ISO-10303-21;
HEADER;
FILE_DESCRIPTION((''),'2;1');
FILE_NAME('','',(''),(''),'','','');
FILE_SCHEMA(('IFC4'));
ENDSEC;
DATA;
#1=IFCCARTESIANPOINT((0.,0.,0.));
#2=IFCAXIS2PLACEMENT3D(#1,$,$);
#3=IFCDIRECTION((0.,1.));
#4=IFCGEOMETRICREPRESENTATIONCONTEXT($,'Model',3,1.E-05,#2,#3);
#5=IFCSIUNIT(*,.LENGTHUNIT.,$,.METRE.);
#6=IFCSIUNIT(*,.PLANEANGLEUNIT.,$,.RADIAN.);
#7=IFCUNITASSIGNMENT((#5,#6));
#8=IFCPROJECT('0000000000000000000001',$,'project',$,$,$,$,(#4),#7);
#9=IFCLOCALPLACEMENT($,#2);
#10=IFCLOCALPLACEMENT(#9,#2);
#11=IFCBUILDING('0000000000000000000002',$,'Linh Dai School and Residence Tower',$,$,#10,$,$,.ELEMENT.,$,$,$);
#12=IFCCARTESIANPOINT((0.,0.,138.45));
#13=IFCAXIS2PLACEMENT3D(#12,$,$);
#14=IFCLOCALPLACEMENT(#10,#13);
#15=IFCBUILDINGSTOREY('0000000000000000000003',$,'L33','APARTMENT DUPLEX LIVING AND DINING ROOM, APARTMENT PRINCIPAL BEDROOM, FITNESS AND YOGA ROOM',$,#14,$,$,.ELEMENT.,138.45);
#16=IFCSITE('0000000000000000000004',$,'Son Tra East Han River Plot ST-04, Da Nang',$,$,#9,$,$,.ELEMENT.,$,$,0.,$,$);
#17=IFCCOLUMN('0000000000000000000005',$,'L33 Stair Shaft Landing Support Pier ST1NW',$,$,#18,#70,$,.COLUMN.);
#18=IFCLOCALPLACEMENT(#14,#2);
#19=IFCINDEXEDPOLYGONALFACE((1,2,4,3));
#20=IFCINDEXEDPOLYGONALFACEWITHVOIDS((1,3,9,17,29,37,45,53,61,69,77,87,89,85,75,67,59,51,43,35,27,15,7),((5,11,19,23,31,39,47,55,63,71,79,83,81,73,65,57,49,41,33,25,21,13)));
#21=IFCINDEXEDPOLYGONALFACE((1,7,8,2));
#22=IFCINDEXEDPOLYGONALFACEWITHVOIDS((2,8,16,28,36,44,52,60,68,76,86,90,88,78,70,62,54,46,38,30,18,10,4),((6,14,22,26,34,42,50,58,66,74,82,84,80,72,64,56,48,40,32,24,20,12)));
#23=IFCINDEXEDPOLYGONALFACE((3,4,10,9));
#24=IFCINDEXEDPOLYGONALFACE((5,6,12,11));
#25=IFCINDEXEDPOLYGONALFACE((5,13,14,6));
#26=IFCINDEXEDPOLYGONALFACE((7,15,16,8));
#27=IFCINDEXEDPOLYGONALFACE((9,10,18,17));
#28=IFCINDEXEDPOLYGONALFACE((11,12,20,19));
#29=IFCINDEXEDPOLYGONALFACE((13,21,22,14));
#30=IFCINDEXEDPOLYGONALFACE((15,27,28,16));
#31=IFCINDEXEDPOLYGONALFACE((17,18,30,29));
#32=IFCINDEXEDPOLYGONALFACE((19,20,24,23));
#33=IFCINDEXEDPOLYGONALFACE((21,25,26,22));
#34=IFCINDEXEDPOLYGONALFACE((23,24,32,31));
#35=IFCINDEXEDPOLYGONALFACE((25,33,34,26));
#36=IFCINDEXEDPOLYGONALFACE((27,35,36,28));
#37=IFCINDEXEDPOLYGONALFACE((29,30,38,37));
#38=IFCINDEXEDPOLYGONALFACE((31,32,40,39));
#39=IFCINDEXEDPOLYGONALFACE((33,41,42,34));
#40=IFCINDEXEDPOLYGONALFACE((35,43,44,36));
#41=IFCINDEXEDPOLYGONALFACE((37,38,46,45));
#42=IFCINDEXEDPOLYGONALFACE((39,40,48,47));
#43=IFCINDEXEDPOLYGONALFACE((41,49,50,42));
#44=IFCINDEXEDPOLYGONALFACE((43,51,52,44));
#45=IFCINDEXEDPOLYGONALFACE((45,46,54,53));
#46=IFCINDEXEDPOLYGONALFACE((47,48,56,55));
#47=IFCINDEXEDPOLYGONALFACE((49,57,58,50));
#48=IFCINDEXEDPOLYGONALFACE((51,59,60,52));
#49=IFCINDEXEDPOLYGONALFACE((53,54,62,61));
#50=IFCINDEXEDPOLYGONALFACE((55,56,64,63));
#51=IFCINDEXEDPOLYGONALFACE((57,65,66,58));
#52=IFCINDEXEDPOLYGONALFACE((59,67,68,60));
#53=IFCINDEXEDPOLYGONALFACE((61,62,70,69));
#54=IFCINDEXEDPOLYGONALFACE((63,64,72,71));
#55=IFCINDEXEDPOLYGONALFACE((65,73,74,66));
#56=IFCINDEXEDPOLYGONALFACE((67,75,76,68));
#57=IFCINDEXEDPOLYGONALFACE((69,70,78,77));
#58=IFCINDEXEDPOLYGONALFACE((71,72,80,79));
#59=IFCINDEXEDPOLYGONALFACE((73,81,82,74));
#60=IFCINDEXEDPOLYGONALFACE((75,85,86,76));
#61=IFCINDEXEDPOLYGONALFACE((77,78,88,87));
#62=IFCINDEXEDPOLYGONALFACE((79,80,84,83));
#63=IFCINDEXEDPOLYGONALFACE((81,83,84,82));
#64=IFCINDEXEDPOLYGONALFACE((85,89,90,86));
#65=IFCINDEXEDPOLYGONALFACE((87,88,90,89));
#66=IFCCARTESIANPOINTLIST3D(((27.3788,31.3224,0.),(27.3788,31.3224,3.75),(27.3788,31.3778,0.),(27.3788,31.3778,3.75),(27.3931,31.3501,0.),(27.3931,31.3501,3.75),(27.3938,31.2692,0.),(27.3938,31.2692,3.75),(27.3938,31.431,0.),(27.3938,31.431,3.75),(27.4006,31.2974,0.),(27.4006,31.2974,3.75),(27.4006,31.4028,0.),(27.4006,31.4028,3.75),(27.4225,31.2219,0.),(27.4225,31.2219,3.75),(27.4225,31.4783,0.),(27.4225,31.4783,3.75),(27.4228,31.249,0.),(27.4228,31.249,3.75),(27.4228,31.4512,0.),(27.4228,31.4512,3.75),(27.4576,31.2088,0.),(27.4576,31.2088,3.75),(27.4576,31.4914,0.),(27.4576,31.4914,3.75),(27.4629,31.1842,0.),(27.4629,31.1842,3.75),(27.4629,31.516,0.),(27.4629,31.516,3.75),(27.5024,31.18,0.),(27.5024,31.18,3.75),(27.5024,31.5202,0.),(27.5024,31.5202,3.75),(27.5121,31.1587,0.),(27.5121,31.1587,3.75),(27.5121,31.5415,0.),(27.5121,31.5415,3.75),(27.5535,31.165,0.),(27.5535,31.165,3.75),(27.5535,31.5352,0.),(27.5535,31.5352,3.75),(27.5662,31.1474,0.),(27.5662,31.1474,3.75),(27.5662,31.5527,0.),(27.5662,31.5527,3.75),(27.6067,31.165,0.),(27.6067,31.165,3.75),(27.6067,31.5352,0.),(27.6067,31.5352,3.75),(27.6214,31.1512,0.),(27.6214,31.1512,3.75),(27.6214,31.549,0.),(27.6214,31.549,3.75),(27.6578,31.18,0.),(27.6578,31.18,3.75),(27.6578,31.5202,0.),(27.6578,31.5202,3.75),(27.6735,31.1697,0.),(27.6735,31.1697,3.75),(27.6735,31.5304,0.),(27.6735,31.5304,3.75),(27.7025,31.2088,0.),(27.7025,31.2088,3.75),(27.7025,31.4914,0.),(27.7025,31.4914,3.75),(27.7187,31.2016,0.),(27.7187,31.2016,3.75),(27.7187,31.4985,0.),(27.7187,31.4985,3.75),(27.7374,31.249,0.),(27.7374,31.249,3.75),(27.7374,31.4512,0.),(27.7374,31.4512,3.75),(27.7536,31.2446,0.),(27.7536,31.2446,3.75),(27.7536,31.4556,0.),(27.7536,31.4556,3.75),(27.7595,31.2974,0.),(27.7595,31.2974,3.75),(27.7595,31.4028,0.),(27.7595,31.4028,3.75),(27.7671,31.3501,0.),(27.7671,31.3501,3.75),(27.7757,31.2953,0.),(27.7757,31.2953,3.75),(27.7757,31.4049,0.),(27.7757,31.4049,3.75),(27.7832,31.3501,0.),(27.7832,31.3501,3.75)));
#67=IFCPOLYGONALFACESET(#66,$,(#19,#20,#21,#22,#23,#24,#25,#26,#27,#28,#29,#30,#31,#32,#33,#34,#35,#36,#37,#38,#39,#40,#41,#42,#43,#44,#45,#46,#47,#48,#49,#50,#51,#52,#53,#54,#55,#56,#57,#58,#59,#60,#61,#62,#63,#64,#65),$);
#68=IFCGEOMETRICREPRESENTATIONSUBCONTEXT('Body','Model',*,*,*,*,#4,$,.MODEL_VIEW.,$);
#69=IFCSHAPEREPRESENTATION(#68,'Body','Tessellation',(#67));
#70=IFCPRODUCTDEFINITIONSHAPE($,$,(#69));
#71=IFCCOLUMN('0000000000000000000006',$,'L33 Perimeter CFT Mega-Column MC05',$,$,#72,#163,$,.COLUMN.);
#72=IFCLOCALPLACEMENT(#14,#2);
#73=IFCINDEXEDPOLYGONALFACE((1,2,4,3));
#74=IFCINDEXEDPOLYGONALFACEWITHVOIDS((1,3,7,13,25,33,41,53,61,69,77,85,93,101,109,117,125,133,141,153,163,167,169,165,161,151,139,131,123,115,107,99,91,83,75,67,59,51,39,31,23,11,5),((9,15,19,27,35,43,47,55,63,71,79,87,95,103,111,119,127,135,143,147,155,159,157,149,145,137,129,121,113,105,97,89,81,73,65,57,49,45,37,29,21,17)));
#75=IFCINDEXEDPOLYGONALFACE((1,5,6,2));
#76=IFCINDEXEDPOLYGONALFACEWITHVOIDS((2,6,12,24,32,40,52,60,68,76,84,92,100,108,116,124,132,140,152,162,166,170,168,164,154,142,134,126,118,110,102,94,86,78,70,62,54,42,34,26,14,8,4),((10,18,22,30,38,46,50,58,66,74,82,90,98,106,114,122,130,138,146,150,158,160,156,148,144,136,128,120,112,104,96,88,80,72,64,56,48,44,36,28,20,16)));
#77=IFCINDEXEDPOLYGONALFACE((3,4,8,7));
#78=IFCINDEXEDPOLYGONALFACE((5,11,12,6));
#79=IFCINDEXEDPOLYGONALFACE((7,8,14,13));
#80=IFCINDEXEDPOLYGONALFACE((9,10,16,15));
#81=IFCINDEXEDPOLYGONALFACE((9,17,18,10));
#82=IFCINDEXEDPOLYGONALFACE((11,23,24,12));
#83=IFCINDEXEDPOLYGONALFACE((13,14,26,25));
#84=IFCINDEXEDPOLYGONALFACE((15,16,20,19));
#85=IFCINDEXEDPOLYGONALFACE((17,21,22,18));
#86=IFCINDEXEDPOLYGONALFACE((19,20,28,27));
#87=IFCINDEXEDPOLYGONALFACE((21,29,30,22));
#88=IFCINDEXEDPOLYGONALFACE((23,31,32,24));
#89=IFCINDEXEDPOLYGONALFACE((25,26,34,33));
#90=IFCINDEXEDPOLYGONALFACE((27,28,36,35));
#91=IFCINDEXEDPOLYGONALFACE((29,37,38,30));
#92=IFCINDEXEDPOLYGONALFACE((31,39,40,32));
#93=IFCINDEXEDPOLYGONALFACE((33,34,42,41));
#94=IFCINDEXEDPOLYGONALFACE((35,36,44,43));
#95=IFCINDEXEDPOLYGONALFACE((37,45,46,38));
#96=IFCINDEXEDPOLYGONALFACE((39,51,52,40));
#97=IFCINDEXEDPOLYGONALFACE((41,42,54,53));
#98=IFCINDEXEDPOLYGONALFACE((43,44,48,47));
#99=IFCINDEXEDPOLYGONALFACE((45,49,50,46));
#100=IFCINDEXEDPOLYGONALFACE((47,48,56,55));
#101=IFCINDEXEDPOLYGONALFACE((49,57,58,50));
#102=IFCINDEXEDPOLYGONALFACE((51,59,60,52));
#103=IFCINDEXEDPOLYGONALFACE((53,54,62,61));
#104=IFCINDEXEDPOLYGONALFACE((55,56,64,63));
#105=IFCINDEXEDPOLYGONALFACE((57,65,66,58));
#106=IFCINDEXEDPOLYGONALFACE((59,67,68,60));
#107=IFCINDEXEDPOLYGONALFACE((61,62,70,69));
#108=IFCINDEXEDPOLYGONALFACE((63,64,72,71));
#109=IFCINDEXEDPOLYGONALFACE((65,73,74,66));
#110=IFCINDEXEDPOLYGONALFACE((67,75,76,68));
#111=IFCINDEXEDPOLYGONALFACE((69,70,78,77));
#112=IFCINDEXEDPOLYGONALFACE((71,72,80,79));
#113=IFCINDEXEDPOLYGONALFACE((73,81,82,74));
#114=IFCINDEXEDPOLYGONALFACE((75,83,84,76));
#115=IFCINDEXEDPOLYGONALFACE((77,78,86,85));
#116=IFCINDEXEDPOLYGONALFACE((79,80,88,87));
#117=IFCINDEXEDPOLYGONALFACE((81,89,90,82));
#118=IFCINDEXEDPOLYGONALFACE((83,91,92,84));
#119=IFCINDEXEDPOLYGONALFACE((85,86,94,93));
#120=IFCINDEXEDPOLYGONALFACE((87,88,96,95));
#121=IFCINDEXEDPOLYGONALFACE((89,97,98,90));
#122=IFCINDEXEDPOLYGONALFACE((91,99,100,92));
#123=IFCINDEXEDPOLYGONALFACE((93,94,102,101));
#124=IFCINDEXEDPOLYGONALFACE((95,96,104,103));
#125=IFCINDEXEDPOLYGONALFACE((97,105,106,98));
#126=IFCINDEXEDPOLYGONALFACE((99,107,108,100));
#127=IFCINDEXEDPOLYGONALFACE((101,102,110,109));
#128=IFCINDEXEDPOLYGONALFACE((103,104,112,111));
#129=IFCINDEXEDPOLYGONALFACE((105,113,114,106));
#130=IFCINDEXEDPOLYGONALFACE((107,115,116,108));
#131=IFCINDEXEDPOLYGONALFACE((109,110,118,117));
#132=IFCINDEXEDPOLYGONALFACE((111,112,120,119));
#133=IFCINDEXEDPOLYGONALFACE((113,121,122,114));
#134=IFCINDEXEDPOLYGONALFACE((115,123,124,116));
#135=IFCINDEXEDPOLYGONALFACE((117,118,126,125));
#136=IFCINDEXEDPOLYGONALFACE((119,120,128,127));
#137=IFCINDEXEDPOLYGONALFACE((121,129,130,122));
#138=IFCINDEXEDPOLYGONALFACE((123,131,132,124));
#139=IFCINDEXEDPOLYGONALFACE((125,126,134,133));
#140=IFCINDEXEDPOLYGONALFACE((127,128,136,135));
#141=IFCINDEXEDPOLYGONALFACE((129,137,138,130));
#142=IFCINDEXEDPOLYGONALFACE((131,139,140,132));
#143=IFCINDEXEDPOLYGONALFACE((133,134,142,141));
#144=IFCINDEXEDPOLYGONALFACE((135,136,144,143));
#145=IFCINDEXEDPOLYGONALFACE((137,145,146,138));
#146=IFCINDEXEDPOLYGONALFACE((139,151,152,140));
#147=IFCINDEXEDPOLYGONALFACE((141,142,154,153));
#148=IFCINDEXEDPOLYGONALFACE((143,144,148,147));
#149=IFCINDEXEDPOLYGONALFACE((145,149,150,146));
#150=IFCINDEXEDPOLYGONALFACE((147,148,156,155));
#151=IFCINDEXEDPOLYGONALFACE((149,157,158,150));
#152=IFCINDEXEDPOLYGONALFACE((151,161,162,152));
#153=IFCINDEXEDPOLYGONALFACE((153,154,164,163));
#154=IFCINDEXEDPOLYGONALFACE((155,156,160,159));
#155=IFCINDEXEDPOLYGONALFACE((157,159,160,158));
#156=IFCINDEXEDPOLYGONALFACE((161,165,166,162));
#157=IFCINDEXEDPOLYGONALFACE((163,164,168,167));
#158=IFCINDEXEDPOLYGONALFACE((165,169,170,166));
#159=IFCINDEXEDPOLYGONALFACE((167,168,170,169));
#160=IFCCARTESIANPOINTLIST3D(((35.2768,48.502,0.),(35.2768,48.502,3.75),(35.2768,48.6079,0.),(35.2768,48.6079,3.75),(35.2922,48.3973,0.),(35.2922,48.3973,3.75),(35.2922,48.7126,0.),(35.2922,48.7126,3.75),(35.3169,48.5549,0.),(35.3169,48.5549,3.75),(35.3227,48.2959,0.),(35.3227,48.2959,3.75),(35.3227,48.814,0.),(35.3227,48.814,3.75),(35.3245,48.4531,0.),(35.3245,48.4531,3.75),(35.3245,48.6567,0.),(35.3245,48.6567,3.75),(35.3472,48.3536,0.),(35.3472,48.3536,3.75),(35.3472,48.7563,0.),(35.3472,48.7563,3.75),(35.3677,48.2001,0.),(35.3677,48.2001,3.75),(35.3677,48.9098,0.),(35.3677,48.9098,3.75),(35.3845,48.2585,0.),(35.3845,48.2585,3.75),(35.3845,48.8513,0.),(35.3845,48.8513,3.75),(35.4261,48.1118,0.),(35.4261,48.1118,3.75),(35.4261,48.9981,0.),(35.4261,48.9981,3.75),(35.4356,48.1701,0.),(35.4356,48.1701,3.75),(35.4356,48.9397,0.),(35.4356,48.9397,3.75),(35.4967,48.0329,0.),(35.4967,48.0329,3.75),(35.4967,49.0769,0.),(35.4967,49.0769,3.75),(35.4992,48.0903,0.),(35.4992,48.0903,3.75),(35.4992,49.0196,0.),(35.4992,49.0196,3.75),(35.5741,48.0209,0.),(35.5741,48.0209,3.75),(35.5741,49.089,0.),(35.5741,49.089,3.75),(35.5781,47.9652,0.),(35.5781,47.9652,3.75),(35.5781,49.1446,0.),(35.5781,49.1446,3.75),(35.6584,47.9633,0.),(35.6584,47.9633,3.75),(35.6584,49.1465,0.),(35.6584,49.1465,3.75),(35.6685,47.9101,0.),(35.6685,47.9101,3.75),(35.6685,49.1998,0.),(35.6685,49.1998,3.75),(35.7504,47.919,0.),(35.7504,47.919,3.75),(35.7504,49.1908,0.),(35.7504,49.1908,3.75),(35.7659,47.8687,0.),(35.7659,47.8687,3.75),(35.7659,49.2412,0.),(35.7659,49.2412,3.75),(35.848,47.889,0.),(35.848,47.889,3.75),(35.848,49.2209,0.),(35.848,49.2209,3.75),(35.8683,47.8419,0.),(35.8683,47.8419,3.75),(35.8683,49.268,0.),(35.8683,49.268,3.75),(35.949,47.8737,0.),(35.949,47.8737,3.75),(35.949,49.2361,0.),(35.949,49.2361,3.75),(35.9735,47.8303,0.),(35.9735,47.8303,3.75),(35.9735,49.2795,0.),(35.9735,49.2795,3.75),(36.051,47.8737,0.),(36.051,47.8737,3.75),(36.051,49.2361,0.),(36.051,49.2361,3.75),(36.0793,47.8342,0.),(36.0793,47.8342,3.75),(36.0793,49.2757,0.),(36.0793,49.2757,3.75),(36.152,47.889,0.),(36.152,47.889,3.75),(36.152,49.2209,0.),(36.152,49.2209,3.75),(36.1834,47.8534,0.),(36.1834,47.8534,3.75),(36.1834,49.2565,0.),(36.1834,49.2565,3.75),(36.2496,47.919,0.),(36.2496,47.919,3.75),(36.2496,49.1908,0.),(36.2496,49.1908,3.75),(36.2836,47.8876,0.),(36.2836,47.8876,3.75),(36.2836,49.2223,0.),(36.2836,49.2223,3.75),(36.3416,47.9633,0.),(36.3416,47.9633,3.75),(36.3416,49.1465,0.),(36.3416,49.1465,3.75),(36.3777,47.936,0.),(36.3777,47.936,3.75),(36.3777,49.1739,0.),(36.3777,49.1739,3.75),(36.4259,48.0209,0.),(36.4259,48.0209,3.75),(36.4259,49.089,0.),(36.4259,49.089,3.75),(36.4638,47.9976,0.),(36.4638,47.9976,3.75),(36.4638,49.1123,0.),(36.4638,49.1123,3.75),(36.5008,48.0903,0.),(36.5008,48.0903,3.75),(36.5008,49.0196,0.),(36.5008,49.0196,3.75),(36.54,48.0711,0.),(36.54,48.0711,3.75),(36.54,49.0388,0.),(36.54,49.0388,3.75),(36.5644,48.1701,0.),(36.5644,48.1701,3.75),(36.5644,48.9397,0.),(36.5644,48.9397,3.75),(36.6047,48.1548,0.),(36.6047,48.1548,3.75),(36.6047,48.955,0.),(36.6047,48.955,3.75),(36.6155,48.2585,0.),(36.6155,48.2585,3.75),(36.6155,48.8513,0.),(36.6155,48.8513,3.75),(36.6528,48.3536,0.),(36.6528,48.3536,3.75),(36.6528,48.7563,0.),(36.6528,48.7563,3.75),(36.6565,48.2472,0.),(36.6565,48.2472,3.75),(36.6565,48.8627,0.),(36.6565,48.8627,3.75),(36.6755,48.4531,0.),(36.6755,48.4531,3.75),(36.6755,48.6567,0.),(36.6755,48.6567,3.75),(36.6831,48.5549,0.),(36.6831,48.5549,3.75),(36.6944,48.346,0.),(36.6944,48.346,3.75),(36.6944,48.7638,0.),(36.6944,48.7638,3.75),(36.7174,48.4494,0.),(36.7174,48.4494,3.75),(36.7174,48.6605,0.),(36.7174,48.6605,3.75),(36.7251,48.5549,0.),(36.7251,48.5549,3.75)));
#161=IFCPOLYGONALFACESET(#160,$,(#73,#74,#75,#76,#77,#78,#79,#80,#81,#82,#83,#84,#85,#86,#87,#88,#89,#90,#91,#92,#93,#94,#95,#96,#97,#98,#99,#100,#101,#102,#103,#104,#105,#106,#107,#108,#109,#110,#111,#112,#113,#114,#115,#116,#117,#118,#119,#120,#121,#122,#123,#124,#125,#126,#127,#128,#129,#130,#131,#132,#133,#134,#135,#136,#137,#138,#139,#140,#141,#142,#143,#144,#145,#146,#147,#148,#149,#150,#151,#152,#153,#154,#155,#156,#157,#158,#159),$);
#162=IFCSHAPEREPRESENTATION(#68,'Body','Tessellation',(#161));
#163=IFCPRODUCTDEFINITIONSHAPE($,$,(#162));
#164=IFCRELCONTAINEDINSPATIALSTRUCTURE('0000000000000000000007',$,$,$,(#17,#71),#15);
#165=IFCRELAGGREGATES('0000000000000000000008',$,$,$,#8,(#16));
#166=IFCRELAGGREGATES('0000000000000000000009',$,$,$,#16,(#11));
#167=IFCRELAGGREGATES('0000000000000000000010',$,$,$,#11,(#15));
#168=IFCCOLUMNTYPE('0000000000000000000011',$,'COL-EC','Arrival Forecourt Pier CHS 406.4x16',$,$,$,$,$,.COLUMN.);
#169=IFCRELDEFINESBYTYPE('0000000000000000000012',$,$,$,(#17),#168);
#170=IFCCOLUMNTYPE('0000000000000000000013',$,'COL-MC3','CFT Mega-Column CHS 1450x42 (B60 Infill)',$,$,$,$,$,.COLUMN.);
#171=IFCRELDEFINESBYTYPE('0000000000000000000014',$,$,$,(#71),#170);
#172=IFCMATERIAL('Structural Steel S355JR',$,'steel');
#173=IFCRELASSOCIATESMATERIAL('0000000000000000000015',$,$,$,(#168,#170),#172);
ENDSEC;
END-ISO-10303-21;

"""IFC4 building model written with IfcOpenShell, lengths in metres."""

from ifc_helpers import new_model, si_unit, direction, frame, origin, origin_2d, place, context, subcontext, project, spatial, hollow_circle, extrude, material, material_profile, profile_set, type_object, element, save


model = new_model("IFC4")

# Units and contexts
model_context = context("Model", 3, precision=1e-05, world=origin(), true_north=direction((0.0, 1.0)))
body_context = subcontext(model_context, "Body", "Model", "MODEL_VIEW")
ifc_project = project(units=[si_unit("LENGTHUNIT", "METRE"), si_unit("PLANEANGLEUNIT", "RADIAN")], contexts=[model_context])

# Site, building, storey
site_placement = place(None, origin())
site = spatial("IfcSite", under=ifc_project, at=site_placement, Name="Son Tra East Han River Plot ST-04, Da Nang", CompositionType="ELEMENT", RefElevation=0.0)
building_placement = place(site_placement, origin())
building = spatial("IfcBuilding", under=site, at=building_placement, Name="Linh Dai School and Residence Tower", CompositionType="ELEMENT")
storey_placement = place(building_placement, frame((0.0, 0.0, 138.45)))
storey = spatial("IfcBuildingStorey", under=building, at=storey_placement, Name="L33", Description="APARTMENT DUPLEX LIVING AND DINING ROOM, APARTMENT PRINCIPAL BEDROOM, FITNESS AND YOGA ROOM", CompositionType="ELEMENT", Elevation=138.45)

# Columns
ifc_material_1 = material(Name="Structural Steel S355JR", Category="steel")
ifc_material_profile_1 = material_profile(ifc_material_1, hollow_circle(Radius=0.2031, WallThickness=0.0161, at=origin_2d()), Name="CHS 406.4x16")
ifc_profile_set_1 = profile_set([ifc_material_profile_1], Name="Structural Steel S355JR")
column_type_1 = type_object("IfcColumnType", Name="COL-EC", Description="Arrival Forecourt Pier CHS 406.4x16", PredefinedType="COLUMN", material=ifc_profile_set_1)
column_1_placement = place(storey_placement, frame((27.5801, 31.3501, 0.0), z_axis=(0.0, 0.0, 1.0), x_axis=(1.0, 0.0, 0.0)))
element("IfcColumn", 1, at=column_1_placement, inside=storey, type_object=column_type_1, Name="L33 Stair Shaft Landing Support Pier ST1NW", PredefinedType="COLUMN", context=body_context, shape_type="SweptSolid", body=[
    extrude(hollow_circle(Radius=0.2031, WallThickness=0.0161, at=origin_2d()), origin(), (0.0, 0.0, 1.0), 3.75),
])
ifc_material_profile_2 = material_profile(ifc_material_1, hollow_circle(Radius=0.7251, WallThickness=0.042, at=origin_2d()), Name="CHS 1450x42")
ifc_profile_set_2 = profile_set([ifc_material_profile_2], Name="Structural Steel S355JR")
column_type_2 = type_object("IfcColumnType", Name="COL-MC3", Description="CFT Mega-Column CHS 1450x42 (B60 Infill)", PredefinedType="COLUMN", material=ifc_profile_set_2)
for number, where, z_axis, x_axis, name in (
    (2, (36.0, 48.5549, 0.0), (0.0, 0.0, 1.0), (1.0, 0.0, 0.0), "L33 Perimeter CFT Mega-Column MC05"),
):
    element("IfcColumn", number, at=place(storey_placement, frame(where, z_axis=z_axis, x_axis=x_axis)), inside=storey, type_object=column_type_2, Name=name, PredefinedType="COLUMN", context=body_context, shape_type="SweptSolid", body=[
        extrude(hollow_circle(Radius=0.7251, WallThickness=0.042, at=origin_2d()), origin(), (0.0, 0.0, 1.0), 3.75),
    ])

save(model, "model.ifc")
